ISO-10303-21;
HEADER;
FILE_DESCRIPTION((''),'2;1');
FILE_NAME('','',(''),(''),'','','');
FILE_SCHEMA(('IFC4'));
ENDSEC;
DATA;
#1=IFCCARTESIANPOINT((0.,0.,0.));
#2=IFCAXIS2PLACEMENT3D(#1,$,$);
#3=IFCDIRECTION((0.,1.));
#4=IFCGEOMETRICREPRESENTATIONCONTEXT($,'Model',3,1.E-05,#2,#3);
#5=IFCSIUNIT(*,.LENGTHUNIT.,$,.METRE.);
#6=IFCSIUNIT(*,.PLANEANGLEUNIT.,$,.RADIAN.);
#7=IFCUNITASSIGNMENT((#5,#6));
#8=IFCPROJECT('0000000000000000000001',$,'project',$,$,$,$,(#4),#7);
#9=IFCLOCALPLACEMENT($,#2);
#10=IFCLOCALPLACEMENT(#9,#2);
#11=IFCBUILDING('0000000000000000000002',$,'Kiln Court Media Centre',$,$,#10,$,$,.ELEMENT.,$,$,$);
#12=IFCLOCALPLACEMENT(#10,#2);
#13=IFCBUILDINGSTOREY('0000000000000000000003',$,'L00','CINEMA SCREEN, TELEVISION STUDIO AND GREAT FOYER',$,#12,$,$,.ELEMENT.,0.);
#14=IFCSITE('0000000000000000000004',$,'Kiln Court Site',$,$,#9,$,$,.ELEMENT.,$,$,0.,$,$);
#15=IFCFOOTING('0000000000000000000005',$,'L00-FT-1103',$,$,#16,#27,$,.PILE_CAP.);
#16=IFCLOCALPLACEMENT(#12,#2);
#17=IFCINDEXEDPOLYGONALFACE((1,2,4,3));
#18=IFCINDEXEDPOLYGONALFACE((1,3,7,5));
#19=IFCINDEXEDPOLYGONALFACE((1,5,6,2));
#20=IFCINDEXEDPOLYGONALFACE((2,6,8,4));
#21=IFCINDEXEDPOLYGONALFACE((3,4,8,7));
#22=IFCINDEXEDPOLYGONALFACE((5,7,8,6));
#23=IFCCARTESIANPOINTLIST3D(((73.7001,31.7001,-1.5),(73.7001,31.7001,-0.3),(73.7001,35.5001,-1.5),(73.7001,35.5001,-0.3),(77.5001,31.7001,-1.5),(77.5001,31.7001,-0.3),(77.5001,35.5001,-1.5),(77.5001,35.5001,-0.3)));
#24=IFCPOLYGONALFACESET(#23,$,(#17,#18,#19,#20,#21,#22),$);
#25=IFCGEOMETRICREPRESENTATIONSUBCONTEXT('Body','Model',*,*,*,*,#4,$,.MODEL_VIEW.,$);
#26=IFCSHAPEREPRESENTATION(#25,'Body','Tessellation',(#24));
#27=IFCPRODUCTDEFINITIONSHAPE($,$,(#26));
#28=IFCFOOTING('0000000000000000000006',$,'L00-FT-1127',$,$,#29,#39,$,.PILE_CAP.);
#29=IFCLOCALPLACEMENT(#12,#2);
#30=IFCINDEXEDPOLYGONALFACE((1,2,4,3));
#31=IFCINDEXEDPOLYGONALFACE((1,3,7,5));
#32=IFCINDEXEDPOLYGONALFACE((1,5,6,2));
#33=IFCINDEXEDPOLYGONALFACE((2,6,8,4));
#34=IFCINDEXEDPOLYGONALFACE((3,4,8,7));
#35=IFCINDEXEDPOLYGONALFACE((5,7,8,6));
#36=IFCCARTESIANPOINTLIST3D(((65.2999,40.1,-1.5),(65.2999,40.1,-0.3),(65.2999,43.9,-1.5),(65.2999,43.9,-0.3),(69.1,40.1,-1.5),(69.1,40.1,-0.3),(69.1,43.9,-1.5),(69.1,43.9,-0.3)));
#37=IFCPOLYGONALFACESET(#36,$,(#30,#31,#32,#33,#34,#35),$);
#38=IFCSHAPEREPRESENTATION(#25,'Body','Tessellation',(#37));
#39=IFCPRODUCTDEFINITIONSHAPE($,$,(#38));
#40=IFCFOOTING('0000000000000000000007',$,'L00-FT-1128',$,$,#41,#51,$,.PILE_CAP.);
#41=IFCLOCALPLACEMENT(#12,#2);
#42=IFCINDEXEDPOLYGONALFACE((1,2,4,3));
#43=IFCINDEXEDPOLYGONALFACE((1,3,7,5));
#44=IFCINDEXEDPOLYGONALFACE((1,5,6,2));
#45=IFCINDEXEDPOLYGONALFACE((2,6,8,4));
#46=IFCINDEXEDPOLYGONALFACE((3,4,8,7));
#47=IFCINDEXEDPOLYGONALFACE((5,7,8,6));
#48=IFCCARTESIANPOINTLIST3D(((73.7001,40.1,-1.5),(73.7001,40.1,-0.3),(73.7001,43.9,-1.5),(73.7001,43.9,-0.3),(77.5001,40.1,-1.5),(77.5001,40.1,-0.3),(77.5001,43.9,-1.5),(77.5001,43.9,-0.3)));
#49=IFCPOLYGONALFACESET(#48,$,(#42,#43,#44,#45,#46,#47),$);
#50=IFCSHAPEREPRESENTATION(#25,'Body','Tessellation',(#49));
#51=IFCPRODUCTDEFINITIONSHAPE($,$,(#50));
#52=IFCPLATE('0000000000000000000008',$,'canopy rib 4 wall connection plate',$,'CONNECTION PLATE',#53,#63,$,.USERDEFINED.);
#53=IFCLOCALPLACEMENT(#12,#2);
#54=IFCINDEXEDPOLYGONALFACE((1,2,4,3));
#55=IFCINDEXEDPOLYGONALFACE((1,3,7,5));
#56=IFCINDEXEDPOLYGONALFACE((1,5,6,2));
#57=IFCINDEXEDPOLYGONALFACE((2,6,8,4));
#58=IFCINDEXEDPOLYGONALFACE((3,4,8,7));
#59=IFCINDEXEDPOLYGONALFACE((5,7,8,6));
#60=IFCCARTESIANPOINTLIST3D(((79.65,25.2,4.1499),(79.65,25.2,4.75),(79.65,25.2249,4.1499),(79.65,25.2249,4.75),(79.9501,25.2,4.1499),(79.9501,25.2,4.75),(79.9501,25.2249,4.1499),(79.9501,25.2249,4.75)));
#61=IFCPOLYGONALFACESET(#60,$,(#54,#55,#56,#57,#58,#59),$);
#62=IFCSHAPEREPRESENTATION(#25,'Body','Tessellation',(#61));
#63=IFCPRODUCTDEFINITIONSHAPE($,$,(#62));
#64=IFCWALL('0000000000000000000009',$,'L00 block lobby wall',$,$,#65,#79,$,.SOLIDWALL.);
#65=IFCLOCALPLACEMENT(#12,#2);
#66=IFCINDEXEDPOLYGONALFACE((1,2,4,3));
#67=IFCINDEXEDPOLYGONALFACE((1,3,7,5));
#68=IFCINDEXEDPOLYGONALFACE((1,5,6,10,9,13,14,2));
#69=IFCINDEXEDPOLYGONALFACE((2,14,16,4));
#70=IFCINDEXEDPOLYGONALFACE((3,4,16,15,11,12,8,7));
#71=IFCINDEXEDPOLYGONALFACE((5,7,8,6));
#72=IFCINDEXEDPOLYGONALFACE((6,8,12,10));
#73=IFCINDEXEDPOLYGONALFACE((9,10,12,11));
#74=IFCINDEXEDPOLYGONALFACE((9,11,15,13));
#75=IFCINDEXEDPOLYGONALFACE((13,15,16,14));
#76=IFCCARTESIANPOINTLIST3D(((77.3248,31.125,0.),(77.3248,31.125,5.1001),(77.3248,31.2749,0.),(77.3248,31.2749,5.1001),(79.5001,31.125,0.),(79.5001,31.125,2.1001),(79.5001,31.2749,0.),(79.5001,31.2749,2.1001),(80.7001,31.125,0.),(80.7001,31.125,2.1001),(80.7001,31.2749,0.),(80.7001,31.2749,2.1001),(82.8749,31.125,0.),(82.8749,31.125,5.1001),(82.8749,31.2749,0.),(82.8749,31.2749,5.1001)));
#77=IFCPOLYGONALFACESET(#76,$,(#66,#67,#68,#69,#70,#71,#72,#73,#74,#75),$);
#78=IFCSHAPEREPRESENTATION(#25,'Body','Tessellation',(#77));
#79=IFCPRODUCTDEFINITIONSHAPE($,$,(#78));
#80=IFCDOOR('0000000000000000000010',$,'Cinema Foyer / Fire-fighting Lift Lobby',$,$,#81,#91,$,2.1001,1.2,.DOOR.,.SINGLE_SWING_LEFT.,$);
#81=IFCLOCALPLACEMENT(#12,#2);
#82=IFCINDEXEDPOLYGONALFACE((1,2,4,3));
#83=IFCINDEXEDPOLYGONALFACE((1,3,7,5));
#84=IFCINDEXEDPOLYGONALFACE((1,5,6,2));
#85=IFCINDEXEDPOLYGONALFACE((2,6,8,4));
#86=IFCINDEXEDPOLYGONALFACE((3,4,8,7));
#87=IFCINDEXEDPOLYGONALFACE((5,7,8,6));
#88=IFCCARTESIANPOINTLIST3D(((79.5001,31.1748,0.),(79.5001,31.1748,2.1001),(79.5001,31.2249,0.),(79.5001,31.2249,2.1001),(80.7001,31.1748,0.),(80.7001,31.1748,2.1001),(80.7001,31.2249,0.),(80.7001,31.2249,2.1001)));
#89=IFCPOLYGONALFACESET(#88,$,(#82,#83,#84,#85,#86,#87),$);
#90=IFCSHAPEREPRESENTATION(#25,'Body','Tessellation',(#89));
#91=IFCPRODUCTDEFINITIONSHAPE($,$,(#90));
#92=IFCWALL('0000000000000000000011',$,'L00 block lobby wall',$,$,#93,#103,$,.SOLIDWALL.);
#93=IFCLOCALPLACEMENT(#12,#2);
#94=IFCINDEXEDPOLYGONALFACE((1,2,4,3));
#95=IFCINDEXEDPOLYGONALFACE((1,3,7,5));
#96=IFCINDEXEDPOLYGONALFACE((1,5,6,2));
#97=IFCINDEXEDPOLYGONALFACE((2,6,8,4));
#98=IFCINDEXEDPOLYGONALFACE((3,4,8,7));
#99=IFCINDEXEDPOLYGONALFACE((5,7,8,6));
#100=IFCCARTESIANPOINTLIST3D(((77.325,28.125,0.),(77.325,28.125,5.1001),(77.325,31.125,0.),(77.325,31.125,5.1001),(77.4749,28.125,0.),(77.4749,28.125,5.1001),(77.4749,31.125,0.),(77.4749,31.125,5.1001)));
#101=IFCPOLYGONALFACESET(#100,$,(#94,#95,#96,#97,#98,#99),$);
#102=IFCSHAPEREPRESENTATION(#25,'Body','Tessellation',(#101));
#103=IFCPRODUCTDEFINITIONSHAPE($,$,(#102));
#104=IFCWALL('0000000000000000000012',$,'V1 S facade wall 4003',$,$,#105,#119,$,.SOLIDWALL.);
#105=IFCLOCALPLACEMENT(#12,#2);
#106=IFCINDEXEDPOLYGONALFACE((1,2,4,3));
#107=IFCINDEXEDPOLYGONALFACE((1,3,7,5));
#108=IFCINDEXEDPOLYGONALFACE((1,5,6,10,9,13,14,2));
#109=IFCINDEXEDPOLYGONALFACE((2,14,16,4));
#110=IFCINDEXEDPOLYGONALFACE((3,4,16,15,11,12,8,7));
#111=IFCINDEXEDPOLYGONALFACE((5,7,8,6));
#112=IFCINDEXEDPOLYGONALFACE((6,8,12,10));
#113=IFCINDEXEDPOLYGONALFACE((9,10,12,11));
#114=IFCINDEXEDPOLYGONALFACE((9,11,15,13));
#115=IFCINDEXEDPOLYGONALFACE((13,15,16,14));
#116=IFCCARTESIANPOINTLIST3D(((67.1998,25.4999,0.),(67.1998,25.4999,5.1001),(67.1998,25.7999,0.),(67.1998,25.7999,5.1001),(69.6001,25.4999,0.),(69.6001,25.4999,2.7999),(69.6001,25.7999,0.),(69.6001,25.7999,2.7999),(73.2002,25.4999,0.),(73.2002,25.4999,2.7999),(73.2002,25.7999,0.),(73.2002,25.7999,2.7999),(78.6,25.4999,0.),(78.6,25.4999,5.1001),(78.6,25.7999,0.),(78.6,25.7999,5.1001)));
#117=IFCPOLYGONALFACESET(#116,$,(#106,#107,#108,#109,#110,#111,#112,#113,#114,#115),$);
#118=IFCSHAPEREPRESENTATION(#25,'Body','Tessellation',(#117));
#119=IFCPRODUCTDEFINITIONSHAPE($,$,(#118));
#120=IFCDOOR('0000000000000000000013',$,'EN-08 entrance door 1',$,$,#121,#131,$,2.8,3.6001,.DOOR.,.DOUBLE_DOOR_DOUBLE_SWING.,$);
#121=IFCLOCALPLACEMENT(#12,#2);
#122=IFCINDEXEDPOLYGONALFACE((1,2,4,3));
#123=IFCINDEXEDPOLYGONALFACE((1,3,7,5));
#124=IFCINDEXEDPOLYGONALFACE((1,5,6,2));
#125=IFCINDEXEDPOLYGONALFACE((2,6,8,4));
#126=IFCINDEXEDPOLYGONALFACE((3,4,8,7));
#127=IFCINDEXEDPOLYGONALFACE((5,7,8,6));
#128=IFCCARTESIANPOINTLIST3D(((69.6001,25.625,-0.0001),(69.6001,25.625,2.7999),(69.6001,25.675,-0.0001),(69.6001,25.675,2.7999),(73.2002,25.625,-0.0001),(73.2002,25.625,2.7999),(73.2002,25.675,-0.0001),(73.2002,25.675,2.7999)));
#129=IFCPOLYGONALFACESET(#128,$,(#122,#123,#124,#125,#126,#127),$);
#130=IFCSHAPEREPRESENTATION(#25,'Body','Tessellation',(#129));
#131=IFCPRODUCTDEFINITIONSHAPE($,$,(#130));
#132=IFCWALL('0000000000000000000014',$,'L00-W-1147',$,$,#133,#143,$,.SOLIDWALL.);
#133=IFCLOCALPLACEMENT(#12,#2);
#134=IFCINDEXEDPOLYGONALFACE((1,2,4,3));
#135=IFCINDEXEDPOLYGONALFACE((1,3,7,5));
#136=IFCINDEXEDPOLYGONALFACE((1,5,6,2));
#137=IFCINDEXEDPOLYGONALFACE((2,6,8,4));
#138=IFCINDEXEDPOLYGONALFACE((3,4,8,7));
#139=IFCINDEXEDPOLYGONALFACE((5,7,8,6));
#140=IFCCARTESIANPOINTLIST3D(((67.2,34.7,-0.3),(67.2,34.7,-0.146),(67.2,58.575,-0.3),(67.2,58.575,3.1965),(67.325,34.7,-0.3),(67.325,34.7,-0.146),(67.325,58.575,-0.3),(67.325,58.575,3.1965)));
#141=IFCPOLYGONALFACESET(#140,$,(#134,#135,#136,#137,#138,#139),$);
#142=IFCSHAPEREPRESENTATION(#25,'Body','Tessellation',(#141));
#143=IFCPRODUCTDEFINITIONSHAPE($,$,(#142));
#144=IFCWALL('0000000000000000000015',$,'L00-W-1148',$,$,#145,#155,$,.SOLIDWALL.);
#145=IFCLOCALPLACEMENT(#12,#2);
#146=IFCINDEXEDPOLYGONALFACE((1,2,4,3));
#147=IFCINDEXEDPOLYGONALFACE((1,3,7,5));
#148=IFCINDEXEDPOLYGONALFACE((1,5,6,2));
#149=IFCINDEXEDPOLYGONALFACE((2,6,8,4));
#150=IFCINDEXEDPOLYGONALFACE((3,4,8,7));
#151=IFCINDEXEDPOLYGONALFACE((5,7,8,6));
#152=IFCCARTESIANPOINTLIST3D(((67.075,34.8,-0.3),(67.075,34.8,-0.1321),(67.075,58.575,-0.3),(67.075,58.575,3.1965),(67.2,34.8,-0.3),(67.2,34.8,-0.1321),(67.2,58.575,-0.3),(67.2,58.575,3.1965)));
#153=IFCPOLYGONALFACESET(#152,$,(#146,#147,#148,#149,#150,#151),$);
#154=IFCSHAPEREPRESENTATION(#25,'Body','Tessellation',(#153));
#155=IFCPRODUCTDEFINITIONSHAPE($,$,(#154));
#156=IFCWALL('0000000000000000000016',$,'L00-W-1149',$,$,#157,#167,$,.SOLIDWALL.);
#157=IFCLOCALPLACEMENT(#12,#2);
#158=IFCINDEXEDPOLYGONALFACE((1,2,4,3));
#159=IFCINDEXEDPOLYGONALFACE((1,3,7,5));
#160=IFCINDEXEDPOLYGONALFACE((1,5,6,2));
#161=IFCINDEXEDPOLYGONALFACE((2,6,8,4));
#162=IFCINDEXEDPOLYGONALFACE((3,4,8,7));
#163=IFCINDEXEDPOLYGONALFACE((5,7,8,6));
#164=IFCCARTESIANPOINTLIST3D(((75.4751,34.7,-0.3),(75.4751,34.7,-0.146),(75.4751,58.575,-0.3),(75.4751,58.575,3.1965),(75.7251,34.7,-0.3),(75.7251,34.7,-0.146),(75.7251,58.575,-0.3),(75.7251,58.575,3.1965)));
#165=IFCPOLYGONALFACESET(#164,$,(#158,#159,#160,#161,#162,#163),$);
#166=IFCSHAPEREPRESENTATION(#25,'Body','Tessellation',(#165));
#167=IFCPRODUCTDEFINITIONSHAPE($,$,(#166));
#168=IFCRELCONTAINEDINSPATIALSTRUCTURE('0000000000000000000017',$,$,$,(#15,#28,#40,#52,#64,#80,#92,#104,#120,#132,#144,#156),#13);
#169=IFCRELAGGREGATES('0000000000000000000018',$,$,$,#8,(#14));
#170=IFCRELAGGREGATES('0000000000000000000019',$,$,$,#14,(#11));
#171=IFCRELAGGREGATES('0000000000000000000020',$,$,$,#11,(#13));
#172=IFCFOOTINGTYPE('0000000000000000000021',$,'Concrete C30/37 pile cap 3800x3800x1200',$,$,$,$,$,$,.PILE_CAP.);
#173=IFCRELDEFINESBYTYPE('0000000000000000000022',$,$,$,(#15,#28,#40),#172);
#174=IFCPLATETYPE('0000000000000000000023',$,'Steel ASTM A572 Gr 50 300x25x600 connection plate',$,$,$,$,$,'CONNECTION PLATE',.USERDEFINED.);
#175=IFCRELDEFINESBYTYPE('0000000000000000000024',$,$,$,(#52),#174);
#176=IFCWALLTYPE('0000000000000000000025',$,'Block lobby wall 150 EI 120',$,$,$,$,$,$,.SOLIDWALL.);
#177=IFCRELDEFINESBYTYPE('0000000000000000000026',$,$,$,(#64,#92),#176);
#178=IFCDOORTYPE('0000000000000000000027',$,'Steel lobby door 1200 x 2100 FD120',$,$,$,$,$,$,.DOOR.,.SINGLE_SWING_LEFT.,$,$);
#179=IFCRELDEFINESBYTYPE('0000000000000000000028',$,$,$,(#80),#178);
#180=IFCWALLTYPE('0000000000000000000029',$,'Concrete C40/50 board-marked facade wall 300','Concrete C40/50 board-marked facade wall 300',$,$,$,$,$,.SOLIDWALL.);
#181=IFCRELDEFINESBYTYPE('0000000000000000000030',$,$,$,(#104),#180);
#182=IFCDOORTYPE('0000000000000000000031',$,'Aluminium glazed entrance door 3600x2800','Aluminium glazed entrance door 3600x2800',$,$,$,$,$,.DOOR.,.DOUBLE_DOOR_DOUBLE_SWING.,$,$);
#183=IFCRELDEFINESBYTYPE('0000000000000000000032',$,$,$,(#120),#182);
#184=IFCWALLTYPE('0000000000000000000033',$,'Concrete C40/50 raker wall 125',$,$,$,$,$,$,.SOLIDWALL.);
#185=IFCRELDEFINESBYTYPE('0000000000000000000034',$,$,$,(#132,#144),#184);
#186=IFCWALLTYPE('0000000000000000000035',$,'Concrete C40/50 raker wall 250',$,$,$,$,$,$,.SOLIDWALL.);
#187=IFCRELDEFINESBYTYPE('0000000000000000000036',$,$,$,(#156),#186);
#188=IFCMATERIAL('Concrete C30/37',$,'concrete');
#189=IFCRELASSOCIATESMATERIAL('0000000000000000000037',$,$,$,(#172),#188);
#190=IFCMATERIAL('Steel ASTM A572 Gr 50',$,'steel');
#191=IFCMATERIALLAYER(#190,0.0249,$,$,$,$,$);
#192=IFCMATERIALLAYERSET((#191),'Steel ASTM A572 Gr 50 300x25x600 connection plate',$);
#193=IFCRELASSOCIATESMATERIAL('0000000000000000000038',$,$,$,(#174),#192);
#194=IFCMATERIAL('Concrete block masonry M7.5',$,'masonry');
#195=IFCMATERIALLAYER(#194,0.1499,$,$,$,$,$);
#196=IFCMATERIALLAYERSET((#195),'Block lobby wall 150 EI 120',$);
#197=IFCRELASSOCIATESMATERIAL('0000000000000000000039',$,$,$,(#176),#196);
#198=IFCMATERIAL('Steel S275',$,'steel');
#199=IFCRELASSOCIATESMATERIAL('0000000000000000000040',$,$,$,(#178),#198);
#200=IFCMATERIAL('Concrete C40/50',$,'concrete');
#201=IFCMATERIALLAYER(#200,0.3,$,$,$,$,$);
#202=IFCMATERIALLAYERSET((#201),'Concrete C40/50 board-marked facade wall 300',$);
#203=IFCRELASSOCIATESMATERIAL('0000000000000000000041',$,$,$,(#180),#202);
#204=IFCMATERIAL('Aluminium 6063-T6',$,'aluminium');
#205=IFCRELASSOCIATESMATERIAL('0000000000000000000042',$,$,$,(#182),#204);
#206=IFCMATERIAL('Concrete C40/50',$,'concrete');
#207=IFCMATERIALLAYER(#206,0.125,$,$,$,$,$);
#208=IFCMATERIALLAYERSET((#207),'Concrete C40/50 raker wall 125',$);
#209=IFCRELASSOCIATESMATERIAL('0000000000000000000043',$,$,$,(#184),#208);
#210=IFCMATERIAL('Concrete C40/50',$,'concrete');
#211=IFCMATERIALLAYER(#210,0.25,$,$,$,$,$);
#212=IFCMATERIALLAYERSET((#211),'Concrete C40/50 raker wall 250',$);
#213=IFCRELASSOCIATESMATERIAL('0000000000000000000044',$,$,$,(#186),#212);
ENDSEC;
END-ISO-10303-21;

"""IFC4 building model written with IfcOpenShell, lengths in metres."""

from ifc_helpers import new_model, si_unit, direction, frame, frame_2d, origin, origin_2d, place, context, subcontext, project, spatial, polyline, rectangle, outline, extrude, material, layer, layer_set, type_object, element, fill, save


model = new_model("IFC4")

# Units and contexts
model_context = context("Model", 3, precision=1e-05, world=origin(), true_north=direction((0.0, 1.0)))
body_context = subcontext(model_context, "Body", "Model", "MODEL_VIEW")
ifc_project = project(units=[si_unit("LENGTHUNIT", "METRE"), si_unit("PLANEANGLEUNIT", "RADIAN")], contexts=[model_context])

# Site, building, storey
site_placement = place(None, origin())
site = spatial("IfcSite", under=ifc_project, at=site_placement, Name="Kiln Court Site", CompositionType="ELEMENT", RefElevation=0.0)
building_placement = place(site_placement, origin())
building = spatial("IfcBuilding", under=site, at=building_placement, Name="Kiln Court Media Centre", CompositionType="ELEMENT")
storey_placement = place(building_placement, origin())
storey = spatial("IfcBuildingStorey", under=building, at=storey_placement, Name="L00", Description="CINEMA SCREEN, TELEVISION STUDIO AND GREAT FOYER", CompositionType="ELEMENT", Elevation=0.0)

# Footings
ifc_material_1 = material(Name="Concrete C30/37", Category="concrete")
footing_type_1 = type_object("IfcFootingType", Name="Concrete C30/37 pile cap 3800x3800x1200", PredefinedType="PILE_CAP", material=ifc_material_1)
for number, where, z_axis, x_axis, name in (
    (1, (75.6001, 33.6001, -1.5), (0.0, 0.0, 1.0), (1.0, 0.0, 0.0), "L00-FT-1103"),
    (2, (67.2, 42.0, -1.5), (0.0, 0.0, 1.0), (1.0, 0.0, 0.0), "L00-FT-1127"),
    (3, (75.6001, 42.0, -1.5), (0.0, 0.0, 1.0), (1.0, 0.0, 0.0), "L00-FT-1128"),
):
    element("IfcFooting", number, at=place(storey_placement, frame(where, z_axis=z_axis, x_axis=x_axis)), inside=storey, type_object=footing_type_1, Name=name, PredefinedType="PILE_CAP", context=body_context, shape_type="SweptSolid", body=[
        extrude(rectangle(XDim=3.8, YDim=3.8, at=origin_2d()), origin(), (0.0, 0.0, 1.0), 1.2),
    ])

# Plate
ifc_material_2 = material(Name="Steel ASTM A572 Gr 50", Category="steel")
ifc_layer_1 = layer(ifc_material_2, 0.0249)
ifc_layer_set_1 = layer_set([ifc_layer_1], Name="Steel ASTM A572 Gr 50 300x25x600 connection plate")
plate_type = type_object("IfcPlateType", Name="Steel ASTM A572 Gr 50 300x25x600 connection plate", ElementType="CONNECTION PLATE", PredefinedType="USERDEFINED", material=ifc_layer_set_1)
plate_placement = place(storey_placement, frame((79.8, 25.2124, 4.1499), z_axis=(0.0, 0.0, 1.0), x_axis=(1.0, 0.0, 0.0)))
element("IfcPlate", 4, at=plate_placement, inside=storey, type_object=plate_type, Name="canopy rib 4 wall connection plate", ObjectType="CONNECTION PLATE", PredefinedType="USERDEFINED", context=body_context, shape_type="SweptSolid", body=[
    extrude(rectangle(XDim=0.3, YDim=0.0249, at=origin_2d()), origin(), (0.0, 0.0, 1.0), 0.6001),
])

# Wall, opening, door
ifc_material_3 = material(Name="Concrete block masonry M7.5", Category="masonry")
ifc_layer_2 = layer(ifc_material_3, 0.1499)
ifc_layer_set_2 = layer_set([ifc_layer_2], Name="Block lobby wall 150 EI 120")
wall_type_1 = type_object("IfcWallType", Name="Block lobby wall 150 EI 120", PredefinedType="SOLIDWALL", material=ifc_layer_set_2)
wall_1_placement = place(storey_placement, frame((77.325, 31.2, 0.0), z_axis=(0.0, 0.0, 1.0), x_axis=(1.0, 0.0, 0.0)))
wall_1 = element("IfcWall", 5, at=wall_1_placement, inside=storey, type_object=wall_type_1, Name="L00 block lobby wall", PredefinedType="SOLIDWALL", context=body_context, shape_type="SweptSolid", body=[
    extrude(rectangle(XDim=5.55, YDim=0.1499, at=frame_2d((2.7749, 0.0))), origin(), (0.0, 0.0, 1.0), 5.1001),
])
opening_1_placement = place(wall_1_placement, frame((2.175, 0.0, 0.0)))
opening_1 = element("IfcOpeningElement", 6, at=opening_1_placement, cuts=wall_1, PredefinedType="OPENING", context=body_context, shape_type="SweptSolid", body=[
    extrude(rectangle(XDim=1.2, YDim=2.1001, at=frame_2d((0.6001, 1.05))), frame((0.0, 0.085, 0.0), z_axis=(0.0, -1.0, 0.0), x_axis=(1.0, 0.0, 0.0)), (0.0, 0.0, 1.0), 0.1699),
])
ifc_material_4 = material(Name="Steel S275", Category="steel")
door_type_1 = type_object("IfcDoorType", Name="Steel lobby door 1200 x 2100 FD120", OperationType="SINGLE_SWING_LEFT", PredefinedType="DOOR", material=ifc_material_4)
door_1_placement = place(opening_1_placement, origin())
door_1 = element("IfcDoor", 7, at=door_1_placement, inside=storey, type_object=door_type_1, Name="Cinema Foyer / Fire-fighting Lift Lobby", OperationType="SINGLE_SWING_LEFT", OverallHeight=2.1001, OverallWidth=1.2, PredefinedType="DOOR", context=body_context, shape_type="SweptSolid", body=[
    extrude(rectangle(XDim=1.2, YDim=2.1001, at=frame_2d((0.6001, 1.05))), frame((0.0, 0.0249, 0.0), z_axis=(0.0, -1.0, 0.0), x_axis=(1.0, 0.0, 0.0)), (0.0, 0.0, 1.0), 0.05),
])
fill(opening_1, door_1)

# Wall
wall_2_placement = place(storey_placement, frame((77.3999, 28.125, 0.0), z_axis=(0.0, 0.0, 1.0), x_axis=(0.0, 1.0, 0.0)))
element("IfcWall", 8, at=wall_2_placement, inside=storey, type_object=wall_type_1, Name="L00 block lobby wall", PredefinedType="SOLIDWALL", context=body_context, shape_type="SweptSolid", body=[
    extrude(rectangle(XDim=3.0, YDim=0.1499, at=frame_2d((1.5, 0.0))), origin(), (0.0, 0.0, 1.0), 5.1001),
])

# Wall, opening, door
ifc_material_5 = material(Name="Concrete C40/50", Category="concrete")
ifc_layer_3 = layer(ifc_material_5, 0.3)
ifc_layer_set_3 = layer_set([ifc_layer_3], Name="Concrete C40/50 board-marked facade wall 300")
wall_type_2 = type_object("IfcWallType", Name="Concrete C40/50 board-marked facade wall 300", Description="Concrete C40/50 board-marked facade wall 300", PredefinedType="SOLIDWALL", material=ifc_layer_set_3)
wall_3_placement = place(storey_placement, frame((78.6001, 25.6499, 0.0), z_axis=(0.0, 0.0, 1.0), x_axis=(-1.0, 0.0, 0.0)))
wall_3 = element("IfcWall", 9, at=wall_3_placement, inside=storey, type_object=wall_type_2, Name="V1 S facade wall 4003", PredefinedType="SOLIDWALL", context=body_context, shape_type="SweptSolid", body=[
    extrude(rectangle(XDim=11.4001, YDim=0.3, at=frame_2d((5.7002, 0.0))), origin(), (0.0, 0.0, 1.0), 5.1001),
])
opening_2_placement = place(wall_3_placement, frame((5.3999, 0.0, 0.0)))
opening_2 = element("IfcOpeningElement", 10, at=opening_2_placement, cuts=wall_3, PredefinedType="OPENING", context=body_context, shape_type="SweptSolid", body=[
    extrude(rectangle(XDim=3.6001, YDim=2.8, at=frame_2d((1.8, 1.3999))), frame((0.0, 0.1599, 0.0), z_axis=(0.0, -1.0, 0.0), x_axis=(1.0, 0.0, 0.0)), (0.0, 0.0, 1.0), 0.3201),
])
ifc_material_6 = material(Name="Aluminium 6063-T6", Category="aluminium")
door_type_2 = type_object("IfcDoorType", Name="Aluminium glazed entrance door 3600x2800", Description="Aluminium glazed entrance door 3600x2800", OperationType="DOUBLE_DOOR_DOUBLE_SWING", PredefinedType="DOOR", material=ifc_material_6)
door_2_placement = place(opening_2_placement, origin())
door_2 = element("IfcDoor", 11, at=door_2_placement, inside=storey, type_object=door_type_2, Name="EN-08 entrance door 1", OperationType="DOUBLE_DOOR_DOUBLE_SWING", OverallHeight=2.8, OverallWidth=3.6001, PredefinedType="DOOR", context=body_context, shape_type="SweptSolid", body=[
    extrude(rectangle(XDim=3.6001, YDim=2.8, at=frame_2d((1.8, 1.3999))), frame((0.0, 0.0249, 0.0), z_axis=(0.0, -1.0, 0.0), x_axis=(1.0, 0.0, 0.0)), (0.0, 0.0, 1.0), 0.05),
])
fill(opening_2, door_2)

# Walls
ifc_material_7 = material(Name="Concrete C40/50", Category="concrete")
ifc_layer_4 = layer(ifc_material_7, 0.125)
ifc_layer_set_4 = layer_set([ifc_layer_4], Name="Concrete C40/50 raker wall 125")
wall_type_3 = type_object("IfcWallType", Name="Concrete C40/50 raker wall 125", PredefinedType="SOLIDWALL", material=ifc_layer_set_4)
wall_4_placement = place(storey_placement, frame((67.2625, 34.7, -0.3), z_axis=(0.0, 0.0, 1.0), x_axis=(0.0, 1.0, 0.0)))
element("IfcWall", 12, at=wall_4_placement, inside=storey, type_object=wall_type_3, Name="L00-W-1147", PredefinedType="SOLIDWALL", context=body_context, shape_type="SweptSolid", body=[
    extrude(outline(polyline([(0.0, 0.0), (23.875, 0.0), (23.875, 3.4966), (0.0, 0.1541), (0.0, 0.0)])), frame((0.0, 0.0625, 0.0), z_axis=(0.0, -1.0, 0.0), x_axis=(1.0, 0.0, 0.0)), (0.0, 0.0, 1.0), 0.125),
])
wall_5_placement = place(storey_placement, frame((67.1375, 34.8, -0.3), z_axis=(0.0, 0.0, 1.0), x_axis=(0.0, 1.0, 0.0)))
element("IfcWall", 13, at=wall_5_placement, inside=storey, type_object=wall_type_3, Name="L00-W-1148", PredefinedType="SOLIDWALL", context=body_context, shape_type="SweptSolid", body=[
    extrude(outline(polyline([(0.0, 0.0), (23.7749, 0.0), (23.7749, 3.4966), (0.0, 0.168), (0.0, 0.0)])), frame((0.0, 0.0625, 0.0), z_axis=(0.0, -1.0, 0.0), x_axis=(1.0, 0.0, 0.0)), (0.0, 0.0, 1.0), 0.125),
])
ifc_material_8 = material(Name="Concrete C40/50", Category="concrete")
ifc_layer_5 = layer(ifc_material_8, 0.25)
ifc_layer_set_5 = layer_set([ifc_layer_5], Name="Concrete C40/50 raker wall 250")
wall_type_4 = type_object("IfcWallType", Name="Concrete C40/50 raker wall 250", PredefinedType="SOLIDWALL", material=ifc_layer_set_5)
wall_6_placement = place(storey_placement, frame((75.6001, 34.7, -0.3), z_axis=(0.0, 0.0, 1.0), x_axis=(0.0, 1.0, 0.0)))
element("IfcWall", 14, at=wall_6_placement, inside=storey, type_object=wall_type_4, Name="L00-W-1149", PredefinedType="SOLIDWALL", context=body_context, shape_type="SweptSolid", body=[
    extrude(outline(polyline([(0.0, 0.0), (23.875, 0.0), (23.875, 3.4966), (0.0, 0.1541), (0.0, 0.0)])), frame((0.0, 0.125, 0.0), z_axis=(0.0, -1.0, 0.0), x_axis=(1.0, 0.0, 0.0)), (0.0, 0.0, 1.0), 0.25),
])

save(model, "model.ifc")
